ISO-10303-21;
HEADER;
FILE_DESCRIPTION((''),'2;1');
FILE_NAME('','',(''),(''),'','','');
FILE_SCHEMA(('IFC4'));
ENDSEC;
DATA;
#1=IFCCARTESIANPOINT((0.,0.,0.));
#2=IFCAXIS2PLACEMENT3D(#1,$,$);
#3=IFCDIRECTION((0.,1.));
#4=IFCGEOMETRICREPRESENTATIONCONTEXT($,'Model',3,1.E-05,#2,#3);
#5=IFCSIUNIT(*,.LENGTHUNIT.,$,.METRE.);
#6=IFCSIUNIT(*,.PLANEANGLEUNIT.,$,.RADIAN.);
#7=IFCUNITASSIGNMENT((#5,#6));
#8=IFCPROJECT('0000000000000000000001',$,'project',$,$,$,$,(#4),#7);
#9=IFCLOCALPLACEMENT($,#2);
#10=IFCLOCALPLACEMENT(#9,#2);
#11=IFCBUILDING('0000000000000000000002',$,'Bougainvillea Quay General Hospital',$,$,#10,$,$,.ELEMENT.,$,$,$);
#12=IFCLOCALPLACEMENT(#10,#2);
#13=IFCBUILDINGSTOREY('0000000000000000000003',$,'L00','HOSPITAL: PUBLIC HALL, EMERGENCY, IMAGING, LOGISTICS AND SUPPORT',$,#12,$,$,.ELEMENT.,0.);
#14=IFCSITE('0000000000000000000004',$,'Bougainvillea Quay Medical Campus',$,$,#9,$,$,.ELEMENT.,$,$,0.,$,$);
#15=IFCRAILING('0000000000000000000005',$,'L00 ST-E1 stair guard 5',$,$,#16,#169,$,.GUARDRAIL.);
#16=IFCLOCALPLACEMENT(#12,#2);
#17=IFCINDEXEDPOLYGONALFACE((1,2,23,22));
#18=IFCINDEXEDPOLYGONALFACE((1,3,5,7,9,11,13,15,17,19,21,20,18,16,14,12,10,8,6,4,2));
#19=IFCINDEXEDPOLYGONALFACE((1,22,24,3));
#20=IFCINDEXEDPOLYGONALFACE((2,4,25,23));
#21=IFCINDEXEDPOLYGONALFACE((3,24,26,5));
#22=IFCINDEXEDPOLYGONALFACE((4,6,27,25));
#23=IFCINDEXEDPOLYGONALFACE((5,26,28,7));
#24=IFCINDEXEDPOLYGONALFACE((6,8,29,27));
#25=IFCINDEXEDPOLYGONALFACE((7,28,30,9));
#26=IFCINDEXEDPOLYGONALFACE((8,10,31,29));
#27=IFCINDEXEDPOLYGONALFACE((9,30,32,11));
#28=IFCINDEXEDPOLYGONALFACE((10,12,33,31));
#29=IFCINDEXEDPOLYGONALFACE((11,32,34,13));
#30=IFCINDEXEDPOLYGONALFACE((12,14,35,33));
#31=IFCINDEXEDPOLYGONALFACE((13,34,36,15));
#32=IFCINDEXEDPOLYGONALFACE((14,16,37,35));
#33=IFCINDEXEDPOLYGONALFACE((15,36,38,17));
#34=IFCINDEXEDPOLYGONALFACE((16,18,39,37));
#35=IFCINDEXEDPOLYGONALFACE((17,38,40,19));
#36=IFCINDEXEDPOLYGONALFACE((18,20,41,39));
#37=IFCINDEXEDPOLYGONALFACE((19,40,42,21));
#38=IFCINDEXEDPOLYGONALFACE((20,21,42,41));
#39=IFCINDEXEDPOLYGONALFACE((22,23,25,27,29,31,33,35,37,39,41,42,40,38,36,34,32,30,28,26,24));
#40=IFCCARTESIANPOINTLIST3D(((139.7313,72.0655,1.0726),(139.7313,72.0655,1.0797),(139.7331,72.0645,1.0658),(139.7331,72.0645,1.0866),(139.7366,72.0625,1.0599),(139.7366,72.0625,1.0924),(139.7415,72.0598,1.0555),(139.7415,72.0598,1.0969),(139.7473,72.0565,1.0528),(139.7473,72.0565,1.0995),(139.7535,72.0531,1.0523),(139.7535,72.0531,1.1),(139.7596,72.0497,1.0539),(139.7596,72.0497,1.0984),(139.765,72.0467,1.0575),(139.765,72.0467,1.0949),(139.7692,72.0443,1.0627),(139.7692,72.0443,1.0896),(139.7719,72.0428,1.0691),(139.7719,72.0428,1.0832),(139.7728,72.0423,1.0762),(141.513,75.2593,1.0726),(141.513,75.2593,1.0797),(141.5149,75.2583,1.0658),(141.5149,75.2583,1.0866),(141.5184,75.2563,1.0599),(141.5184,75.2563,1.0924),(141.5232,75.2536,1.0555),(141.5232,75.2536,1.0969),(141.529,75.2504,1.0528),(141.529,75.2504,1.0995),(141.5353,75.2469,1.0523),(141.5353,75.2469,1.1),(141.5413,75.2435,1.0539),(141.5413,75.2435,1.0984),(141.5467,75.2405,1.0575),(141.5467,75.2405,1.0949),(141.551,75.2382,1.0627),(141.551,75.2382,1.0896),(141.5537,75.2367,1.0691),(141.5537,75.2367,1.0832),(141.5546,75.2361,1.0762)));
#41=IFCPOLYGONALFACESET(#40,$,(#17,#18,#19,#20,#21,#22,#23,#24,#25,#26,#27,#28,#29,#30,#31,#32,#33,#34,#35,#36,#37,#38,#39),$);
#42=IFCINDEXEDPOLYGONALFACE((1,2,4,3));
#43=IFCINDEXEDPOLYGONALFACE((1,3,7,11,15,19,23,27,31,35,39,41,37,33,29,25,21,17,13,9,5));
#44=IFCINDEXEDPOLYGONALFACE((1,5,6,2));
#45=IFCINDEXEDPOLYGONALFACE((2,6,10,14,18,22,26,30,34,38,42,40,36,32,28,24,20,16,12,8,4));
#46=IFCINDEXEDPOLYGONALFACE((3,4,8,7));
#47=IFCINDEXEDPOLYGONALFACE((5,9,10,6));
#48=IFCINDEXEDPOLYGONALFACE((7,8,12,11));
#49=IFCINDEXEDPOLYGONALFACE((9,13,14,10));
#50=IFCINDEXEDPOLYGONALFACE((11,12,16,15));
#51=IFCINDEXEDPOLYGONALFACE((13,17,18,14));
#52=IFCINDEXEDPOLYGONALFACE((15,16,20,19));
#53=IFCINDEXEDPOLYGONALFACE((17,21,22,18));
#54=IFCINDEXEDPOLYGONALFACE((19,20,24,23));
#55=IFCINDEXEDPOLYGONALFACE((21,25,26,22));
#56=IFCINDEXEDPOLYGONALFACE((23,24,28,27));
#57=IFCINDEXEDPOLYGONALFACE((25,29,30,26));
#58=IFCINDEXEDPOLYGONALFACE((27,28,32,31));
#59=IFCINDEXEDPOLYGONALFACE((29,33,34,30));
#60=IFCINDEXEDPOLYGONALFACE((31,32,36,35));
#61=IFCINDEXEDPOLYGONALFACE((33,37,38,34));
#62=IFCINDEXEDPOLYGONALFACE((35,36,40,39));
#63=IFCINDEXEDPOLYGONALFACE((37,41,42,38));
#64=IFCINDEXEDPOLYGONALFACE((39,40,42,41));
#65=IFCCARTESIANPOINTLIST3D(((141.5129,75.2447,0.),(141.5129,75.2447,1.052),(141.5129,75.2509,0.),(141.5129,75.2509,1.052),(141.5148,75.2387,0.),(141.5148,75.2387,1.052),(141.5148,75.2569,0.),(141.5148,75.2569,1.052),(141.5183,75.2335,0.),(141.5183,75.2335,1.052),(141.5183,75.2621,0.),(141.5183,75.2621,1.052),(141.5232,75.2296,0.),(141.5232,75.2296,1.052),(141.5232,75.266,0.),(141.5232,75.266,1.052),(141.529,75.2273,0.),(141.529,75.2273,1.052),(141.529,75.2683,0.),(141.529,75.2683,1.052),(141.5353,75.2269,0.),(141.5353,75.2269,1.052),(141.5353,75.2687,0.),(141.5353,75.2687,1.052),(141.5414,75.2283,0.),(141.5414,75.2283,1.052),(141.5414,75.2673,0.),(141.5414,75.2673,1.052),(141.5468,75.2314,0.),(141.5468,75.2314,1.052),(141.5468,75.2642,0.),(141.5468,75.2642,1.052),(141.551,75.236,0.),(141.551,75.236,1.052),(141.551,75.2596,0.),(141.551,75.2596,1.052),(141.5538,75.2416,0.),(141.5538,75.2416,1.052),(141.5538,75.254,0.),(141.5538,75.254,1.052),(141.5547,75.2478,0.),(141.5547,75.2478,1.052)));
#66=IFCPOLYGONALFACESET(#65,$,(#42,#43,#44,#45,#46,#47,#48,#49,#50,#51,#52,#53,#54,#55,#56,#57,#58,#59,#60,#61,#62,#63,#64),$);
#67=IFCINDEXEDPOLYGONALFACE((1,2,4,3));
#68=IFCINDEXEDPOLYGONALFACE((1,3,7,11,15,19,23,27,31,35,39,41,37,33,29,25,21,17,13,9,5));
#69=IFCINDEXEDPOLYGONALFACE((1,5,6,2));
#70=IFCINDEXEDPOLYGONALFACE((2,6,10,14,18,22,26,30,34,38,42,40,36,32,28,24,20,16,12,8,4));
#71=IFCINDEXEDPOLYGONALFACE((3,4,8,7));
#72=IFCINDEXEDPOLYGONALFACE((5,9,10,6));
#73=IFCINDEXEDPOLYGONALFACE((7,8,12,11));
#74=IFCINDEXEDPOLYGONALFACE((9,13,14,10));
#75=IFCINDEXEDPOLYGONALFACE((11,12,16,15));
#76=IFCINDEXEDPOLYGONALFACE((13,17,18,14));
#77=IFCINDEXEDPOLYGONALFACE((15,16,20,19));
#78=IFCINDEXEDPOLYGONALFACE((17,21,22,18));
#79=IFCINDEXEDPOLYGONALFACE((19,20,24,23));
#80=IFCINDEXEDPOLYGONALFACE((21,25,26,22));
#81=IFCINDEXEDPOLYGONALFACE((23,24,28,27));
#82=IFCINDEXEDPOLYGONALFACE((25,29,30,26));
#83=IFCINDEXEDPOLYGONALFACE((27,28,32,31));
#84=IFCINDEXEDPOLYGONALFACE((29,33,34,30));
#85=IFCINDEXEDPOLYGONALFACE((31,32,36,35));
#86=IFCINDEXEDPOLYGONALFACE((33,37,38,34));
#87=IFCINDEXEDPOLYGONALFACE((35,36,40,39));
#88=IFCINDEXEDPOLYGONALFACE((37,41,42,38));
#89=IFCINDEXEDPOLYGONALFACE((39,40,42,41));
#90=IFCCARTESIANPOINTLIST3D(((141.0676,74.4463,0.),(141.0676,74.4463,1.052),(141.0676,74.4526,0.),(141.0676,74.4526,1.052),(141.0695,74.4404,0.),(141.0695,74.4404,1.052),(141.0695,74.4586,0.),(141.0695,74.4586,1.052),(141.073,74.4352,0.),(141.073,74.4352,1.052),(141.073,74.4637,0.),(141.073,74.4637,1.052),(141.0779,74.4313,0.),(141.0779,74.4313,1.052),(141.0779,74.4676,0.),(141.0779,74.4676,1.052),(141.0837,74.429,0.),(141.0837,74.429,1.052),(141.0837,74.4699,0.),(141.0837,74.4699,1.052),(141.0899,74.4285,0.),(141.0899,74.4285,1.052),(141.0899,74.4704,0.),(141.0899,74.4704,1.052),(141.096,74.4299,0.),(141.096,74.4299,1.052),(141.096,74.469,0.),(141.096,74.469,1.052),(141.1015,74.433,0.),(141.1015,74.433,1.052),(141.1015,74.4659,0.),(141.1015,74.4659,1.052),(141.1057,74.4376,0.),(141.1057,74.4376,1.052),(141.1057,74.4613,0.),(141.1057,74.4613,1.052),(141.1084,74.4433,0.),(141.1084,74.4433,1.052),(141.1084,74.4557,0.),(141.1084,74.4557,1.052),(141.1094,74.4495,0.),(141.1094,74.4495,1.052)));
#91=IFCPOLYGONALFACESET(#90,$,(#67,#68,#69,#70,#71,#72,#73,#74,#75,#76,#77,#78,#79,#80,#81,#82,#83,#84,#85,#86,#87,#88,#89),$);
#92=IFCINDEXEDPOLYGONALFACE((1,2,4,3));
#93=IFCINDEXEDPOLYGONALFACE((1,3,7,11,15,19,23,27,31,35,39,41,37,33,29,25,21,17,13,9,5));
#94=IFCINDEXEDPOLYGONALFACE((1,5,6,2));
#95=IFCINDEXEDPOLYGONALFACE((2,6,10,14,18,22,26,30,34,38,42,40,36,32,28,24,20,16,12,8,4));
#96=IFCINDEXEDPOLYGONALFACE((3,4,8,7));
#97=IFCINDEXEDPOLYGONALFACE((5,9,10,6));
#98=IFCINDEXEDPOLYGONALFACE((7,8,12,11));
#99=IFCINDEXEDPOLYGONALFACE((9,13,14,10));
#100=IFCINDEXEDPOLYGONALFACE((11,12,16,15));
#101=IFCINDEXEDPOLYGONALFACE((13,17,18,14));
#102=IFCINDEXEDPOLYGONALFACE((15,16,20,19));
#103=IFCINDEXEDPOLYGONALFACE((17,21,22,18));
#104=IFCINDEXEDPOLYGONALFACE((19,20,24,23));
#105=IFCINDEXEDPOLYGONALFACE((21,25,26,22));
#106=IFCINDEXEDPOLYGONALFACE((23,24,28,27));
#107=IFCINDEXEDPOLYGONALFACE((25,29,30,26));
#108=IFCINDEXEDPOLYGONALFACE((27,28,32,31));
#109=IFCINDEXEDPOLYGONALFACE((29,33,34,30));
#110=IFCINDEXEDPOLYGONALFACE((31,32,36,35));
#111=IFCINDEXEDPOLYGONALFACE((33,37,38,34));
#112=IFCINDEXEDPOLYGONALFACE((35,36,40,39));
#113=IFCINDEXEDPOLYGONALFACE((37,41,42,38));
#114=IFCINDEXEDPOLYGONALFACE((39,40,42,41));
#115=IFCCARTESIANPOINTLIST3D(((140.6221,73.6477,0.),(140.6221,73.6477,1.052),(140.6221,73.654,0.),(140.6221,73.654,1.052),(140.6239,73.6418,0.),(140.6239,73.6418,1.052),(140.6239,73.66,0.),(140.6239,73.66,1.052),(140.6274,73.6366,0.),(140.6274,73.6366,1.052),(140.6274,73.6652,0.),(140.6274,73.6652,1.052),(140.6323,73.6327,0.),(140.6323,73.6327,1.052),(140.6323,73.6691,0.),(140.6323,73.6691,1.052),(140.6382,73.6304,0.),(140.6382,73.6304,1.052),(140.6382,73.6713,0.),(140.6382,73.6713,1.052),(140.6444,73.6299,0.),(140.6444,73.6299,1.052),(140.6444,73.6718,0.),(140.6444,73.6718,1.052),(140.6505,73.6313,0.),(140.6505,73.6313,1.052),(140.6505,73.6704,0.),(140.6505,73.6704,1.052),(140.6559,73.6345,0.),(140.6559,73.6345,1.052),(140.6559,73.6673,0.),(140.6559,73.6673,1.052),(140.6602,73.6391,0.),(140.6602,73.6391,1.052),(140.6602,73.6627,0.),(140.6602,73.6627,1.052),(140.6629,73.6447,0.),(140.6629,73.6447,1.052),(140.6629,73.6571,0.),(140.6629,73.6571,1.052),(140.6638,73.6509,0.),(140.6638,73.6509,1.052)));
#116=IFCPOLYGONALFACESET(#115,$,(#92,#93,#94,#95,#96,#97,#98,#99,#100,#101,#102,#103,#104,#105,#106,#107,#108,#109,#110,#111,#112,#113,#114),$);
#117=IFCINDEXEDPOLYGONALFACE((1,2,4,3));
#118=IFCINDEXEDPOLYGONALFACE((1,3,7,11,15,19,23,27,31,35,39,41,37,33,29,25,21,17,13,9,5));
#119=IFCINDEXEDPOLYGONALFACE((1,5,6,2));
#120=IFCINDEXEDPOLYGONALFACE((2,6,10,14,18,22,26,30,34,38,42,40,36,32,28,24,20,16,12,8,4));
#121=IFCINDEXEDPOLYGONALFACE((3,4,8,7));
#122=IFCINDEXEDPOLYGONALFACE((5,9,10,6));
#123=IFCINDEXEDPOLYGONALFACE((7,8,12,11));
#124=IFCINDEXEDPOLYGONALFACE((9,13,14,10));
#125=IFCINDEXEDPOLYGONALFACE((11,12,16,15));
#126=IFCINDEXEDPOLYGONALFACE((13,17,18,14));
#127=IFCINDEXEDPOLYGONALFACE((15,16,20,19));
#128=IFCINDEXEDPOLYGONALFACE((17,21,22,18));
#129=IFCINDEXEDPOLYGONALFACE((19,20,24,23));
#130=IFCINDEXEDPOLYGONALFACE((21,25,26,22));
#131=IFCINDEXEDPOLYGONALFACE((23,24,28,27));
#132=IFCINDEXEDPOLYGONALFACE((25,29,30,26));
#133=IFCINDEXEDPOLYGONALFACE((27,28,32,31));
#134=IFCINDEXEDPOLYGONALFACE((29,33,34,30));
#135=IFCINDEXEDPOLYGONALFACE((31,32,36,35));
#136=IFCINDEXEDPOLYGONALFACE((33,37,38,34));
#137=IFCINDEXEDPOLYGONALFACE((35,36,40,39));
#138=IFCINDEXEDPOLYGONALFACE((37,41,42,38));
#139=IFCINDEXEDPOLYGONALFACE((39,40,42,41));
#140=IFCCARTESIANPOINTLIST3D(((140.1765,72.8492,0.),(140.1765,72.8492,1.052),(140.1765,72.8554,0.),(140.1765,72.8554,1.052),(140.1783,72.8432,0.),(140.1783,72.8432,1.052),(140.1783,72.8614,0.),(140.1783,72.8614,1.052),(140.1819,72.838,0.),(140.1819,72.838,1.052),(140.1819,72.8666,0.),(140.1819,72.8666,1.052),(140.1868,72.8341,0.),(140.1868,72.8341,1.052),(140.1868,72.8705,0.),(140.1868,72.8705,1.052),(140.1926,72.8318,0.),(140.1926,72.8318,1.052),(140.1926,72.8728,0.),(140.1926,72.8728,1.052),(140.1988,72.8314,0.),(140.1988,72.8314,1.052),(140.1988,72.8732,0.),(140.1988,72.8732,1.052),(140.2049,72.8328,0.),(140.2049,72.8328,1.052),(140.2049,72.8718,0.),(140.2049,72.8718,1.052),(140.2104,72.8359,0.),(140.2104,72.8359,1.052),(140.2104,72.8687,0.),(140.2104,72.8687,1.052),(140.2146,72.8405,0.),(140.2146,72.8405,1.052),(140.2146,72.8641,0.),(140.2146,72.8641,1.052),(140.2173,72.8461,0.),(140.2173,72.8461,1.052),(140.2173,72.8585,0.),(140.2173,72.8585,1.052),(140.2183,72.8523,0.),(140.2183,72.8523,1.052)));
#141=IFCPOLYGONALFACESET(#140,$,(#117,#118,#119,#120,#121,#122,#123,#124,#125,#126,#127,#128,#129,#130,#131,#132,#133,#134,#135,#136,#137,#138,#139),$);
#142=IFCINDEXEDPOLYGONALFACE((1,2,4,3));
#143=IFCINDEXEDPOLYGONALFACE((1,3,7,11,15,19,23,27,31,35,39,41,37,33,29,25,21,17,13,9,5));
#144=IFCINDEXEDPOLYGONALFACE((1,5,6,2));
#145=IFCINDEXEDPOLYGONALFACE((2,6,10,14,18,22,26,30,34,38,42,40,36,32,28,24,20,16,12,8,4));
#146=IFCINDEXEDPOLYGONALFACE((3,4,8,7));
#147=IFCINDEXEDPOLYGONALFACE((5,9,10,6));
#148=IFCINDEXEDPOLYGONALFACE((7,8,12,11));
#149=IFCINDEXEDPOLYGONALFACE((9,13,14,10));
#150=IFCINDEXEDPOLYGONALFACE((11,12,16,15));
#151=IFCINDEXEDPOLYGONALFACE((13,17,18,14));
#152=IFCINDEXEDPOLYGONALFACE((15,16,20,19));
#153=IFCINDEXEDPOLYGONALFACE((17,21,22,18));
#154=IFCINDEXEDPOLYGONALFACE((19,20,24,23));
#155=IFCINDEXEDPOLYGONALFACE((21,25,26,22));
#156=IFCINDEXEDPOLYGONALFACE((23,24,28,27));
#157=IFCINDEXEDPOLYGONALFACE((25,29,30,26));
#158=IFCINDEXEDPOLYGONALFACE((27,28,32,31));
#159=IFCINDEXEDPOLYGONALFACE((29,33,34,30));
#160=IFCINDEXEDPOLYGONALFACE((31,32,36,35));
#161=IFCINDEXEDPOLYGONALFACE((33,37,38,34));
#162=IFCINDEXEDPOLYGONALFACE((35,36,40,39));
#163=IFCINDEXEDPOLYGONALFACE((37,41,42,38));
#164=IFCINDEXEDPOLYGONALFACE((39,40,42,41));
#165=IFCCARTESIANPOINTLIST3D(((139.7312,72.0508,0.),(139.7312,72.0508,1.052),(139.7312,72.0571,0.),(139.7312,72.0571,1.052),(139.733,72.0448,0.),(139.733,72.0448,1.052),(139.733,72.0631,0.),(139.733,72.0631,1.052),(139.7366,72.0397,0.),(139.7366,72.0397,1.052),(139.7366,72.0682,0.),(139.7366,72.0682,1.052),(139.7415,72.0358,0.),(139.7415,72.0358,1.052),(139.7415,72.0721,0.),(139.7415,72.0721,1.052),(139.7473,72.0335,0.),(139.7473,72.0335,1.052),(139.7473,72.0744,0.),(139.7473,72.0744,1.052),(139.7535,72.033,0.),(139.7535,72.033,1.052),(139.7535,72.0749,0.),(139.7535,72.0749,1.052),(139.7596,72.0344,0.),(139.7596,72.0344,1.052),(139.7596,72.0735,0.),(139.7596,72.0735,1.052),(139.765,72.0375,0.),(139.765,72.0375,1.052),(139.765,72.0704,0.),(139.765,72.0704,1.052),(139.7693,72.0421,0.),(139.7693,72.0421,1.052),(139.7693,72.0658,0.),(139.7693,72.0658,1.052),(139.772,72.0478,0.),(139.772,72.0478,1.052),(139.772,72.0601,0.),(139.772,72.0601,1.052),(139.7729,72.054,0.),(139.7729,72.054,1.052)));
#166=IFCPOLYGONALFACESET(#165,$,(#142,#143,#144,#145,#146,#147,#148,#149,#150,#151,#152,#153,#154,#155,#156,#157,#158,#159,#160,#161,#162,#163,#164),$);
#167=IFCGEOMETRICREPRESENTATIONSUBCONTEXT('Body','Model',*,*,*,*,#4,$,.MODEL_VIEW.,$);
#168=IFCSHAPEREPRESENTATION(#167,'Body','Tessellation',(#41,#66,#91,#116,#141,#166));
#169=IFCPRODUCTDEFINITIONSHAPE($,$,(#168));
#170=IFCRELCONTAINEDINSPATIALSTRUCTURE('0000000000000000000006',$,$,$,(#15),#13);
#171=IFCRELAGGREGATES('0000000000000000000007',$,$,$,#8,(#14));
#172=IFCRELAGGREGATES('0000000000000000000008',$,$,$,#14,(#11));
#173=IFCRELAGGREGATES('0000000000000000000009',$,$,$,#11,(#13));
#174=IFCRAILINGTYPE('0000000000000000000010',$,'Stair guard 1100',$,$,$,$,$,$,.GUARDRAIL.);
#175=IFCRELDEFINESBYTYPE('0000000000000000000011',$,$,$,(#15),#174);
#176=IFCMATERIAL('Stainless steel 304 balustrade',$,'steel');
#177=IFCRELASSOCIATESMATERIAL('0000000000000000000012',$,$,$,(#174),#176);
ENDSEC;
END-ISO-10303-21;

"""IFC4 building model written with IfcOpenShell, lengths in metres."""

from ifc_helpers import new_model, si_unit, direction, frame, origin, origin_2d, place, context, subcontext, project, spatial, circle, extrude, material, type_object, element, save


model = new_model("IFC4")

# Units and contexts
model_context = context("Model", 3, precision=1e-05, world=origin(), true_north=direction((0.0, 1.0)))
body_context = subcontext(model_context, "Body", "Model", "MODEL_VIEW")
ifc_project = project(units=[si_unit("LENGTHUNIT", "METRE"), si_unit("PLANEANGLEUNIT", "RADIAN")], contexts=[model_context])

# Site, building, storey
site_placement = place(None, origin())
site = spatial("IfcSite", under=ifc_project, at=site_placement, Name="Bougainvillea Quay Medical Campus", CompositionType="ELEMENT", RefElevation=0.0)
building_placement = place(site_placement, origin())
building = spatial("IfcBuilding", under=site, at=building_placement, Name="Bougainvillea Quay General Hospital", CompositionType="ELEMENT")
storey_placement = place(building_placement, origin())
storey = spatial("IfcBuildingStorey", under=building, at=storey_placement, Name="L00", Description="HOSPITAL: PUBLIC HALL, EMERGENCY, IMAGING, LOGISTICS AND SUPPORT", CompositionType="ELEMENT", Elevation=0.0)

# Railing
ifc_material_1 = material(Name="Stainless steel 304 balustrade", Category="steel")
railing_type_1 = type_object("IfcRailingType", Name="Stair guard 1100", PredefinedType="GUARDRAIL", material=ifc_material_1)
railing_1_placement = place(storey_placement, frame((141.5337, 75.2478, 0.0)))
element("IfcRailing", 1, at=railing_1_placement, inside=storey, type_object=railing_type_1, Name="L00 ST-E1 stair guard 5", PredefinedType="GUARDRAIL", context=body_context, shape_type="SweptSolid", body=[
    extrude(circle(Radius=0.0239, at=origin_2d()), frame((0.0, 0.0, 1.0762), z_axis=(-0.487184, -0.873299, 0.0), x_axis=(0.873299, -0.487184, 0.0)), (0.0, 0.0, 1.0), 3.6572),
    extrude(circle(Radius=0.021, at=origin_2d()), origin(), (0.0, 0.0, 1.0), 1.052),
    extrude(circle(Radius=0.021, at=origin_2d()), frame((-0.4453, -0.7983, 0.0)), (0.0, 0.0, 1.0), 1.052),
    extrude(circle(Radius=0.021, at=origin_2d()), frame((-0.8909, -1.5969, 0.0)), (0.0, 0.0, 1.0), 1.052),
    extrude(circle(Radius=0.021, at=origin_2d()), frame((-1.3364, -2.3955, 0.0)), (0.0, 0.0, 1.0), 1.052),
    extrude(circle(Radius=0.021, at=origin_2d()), frame((-1.7817, -3.1938, 0.0)), (0.0, 0.0, 1.0), 1.052),
])

save(model, "model.ifc")
